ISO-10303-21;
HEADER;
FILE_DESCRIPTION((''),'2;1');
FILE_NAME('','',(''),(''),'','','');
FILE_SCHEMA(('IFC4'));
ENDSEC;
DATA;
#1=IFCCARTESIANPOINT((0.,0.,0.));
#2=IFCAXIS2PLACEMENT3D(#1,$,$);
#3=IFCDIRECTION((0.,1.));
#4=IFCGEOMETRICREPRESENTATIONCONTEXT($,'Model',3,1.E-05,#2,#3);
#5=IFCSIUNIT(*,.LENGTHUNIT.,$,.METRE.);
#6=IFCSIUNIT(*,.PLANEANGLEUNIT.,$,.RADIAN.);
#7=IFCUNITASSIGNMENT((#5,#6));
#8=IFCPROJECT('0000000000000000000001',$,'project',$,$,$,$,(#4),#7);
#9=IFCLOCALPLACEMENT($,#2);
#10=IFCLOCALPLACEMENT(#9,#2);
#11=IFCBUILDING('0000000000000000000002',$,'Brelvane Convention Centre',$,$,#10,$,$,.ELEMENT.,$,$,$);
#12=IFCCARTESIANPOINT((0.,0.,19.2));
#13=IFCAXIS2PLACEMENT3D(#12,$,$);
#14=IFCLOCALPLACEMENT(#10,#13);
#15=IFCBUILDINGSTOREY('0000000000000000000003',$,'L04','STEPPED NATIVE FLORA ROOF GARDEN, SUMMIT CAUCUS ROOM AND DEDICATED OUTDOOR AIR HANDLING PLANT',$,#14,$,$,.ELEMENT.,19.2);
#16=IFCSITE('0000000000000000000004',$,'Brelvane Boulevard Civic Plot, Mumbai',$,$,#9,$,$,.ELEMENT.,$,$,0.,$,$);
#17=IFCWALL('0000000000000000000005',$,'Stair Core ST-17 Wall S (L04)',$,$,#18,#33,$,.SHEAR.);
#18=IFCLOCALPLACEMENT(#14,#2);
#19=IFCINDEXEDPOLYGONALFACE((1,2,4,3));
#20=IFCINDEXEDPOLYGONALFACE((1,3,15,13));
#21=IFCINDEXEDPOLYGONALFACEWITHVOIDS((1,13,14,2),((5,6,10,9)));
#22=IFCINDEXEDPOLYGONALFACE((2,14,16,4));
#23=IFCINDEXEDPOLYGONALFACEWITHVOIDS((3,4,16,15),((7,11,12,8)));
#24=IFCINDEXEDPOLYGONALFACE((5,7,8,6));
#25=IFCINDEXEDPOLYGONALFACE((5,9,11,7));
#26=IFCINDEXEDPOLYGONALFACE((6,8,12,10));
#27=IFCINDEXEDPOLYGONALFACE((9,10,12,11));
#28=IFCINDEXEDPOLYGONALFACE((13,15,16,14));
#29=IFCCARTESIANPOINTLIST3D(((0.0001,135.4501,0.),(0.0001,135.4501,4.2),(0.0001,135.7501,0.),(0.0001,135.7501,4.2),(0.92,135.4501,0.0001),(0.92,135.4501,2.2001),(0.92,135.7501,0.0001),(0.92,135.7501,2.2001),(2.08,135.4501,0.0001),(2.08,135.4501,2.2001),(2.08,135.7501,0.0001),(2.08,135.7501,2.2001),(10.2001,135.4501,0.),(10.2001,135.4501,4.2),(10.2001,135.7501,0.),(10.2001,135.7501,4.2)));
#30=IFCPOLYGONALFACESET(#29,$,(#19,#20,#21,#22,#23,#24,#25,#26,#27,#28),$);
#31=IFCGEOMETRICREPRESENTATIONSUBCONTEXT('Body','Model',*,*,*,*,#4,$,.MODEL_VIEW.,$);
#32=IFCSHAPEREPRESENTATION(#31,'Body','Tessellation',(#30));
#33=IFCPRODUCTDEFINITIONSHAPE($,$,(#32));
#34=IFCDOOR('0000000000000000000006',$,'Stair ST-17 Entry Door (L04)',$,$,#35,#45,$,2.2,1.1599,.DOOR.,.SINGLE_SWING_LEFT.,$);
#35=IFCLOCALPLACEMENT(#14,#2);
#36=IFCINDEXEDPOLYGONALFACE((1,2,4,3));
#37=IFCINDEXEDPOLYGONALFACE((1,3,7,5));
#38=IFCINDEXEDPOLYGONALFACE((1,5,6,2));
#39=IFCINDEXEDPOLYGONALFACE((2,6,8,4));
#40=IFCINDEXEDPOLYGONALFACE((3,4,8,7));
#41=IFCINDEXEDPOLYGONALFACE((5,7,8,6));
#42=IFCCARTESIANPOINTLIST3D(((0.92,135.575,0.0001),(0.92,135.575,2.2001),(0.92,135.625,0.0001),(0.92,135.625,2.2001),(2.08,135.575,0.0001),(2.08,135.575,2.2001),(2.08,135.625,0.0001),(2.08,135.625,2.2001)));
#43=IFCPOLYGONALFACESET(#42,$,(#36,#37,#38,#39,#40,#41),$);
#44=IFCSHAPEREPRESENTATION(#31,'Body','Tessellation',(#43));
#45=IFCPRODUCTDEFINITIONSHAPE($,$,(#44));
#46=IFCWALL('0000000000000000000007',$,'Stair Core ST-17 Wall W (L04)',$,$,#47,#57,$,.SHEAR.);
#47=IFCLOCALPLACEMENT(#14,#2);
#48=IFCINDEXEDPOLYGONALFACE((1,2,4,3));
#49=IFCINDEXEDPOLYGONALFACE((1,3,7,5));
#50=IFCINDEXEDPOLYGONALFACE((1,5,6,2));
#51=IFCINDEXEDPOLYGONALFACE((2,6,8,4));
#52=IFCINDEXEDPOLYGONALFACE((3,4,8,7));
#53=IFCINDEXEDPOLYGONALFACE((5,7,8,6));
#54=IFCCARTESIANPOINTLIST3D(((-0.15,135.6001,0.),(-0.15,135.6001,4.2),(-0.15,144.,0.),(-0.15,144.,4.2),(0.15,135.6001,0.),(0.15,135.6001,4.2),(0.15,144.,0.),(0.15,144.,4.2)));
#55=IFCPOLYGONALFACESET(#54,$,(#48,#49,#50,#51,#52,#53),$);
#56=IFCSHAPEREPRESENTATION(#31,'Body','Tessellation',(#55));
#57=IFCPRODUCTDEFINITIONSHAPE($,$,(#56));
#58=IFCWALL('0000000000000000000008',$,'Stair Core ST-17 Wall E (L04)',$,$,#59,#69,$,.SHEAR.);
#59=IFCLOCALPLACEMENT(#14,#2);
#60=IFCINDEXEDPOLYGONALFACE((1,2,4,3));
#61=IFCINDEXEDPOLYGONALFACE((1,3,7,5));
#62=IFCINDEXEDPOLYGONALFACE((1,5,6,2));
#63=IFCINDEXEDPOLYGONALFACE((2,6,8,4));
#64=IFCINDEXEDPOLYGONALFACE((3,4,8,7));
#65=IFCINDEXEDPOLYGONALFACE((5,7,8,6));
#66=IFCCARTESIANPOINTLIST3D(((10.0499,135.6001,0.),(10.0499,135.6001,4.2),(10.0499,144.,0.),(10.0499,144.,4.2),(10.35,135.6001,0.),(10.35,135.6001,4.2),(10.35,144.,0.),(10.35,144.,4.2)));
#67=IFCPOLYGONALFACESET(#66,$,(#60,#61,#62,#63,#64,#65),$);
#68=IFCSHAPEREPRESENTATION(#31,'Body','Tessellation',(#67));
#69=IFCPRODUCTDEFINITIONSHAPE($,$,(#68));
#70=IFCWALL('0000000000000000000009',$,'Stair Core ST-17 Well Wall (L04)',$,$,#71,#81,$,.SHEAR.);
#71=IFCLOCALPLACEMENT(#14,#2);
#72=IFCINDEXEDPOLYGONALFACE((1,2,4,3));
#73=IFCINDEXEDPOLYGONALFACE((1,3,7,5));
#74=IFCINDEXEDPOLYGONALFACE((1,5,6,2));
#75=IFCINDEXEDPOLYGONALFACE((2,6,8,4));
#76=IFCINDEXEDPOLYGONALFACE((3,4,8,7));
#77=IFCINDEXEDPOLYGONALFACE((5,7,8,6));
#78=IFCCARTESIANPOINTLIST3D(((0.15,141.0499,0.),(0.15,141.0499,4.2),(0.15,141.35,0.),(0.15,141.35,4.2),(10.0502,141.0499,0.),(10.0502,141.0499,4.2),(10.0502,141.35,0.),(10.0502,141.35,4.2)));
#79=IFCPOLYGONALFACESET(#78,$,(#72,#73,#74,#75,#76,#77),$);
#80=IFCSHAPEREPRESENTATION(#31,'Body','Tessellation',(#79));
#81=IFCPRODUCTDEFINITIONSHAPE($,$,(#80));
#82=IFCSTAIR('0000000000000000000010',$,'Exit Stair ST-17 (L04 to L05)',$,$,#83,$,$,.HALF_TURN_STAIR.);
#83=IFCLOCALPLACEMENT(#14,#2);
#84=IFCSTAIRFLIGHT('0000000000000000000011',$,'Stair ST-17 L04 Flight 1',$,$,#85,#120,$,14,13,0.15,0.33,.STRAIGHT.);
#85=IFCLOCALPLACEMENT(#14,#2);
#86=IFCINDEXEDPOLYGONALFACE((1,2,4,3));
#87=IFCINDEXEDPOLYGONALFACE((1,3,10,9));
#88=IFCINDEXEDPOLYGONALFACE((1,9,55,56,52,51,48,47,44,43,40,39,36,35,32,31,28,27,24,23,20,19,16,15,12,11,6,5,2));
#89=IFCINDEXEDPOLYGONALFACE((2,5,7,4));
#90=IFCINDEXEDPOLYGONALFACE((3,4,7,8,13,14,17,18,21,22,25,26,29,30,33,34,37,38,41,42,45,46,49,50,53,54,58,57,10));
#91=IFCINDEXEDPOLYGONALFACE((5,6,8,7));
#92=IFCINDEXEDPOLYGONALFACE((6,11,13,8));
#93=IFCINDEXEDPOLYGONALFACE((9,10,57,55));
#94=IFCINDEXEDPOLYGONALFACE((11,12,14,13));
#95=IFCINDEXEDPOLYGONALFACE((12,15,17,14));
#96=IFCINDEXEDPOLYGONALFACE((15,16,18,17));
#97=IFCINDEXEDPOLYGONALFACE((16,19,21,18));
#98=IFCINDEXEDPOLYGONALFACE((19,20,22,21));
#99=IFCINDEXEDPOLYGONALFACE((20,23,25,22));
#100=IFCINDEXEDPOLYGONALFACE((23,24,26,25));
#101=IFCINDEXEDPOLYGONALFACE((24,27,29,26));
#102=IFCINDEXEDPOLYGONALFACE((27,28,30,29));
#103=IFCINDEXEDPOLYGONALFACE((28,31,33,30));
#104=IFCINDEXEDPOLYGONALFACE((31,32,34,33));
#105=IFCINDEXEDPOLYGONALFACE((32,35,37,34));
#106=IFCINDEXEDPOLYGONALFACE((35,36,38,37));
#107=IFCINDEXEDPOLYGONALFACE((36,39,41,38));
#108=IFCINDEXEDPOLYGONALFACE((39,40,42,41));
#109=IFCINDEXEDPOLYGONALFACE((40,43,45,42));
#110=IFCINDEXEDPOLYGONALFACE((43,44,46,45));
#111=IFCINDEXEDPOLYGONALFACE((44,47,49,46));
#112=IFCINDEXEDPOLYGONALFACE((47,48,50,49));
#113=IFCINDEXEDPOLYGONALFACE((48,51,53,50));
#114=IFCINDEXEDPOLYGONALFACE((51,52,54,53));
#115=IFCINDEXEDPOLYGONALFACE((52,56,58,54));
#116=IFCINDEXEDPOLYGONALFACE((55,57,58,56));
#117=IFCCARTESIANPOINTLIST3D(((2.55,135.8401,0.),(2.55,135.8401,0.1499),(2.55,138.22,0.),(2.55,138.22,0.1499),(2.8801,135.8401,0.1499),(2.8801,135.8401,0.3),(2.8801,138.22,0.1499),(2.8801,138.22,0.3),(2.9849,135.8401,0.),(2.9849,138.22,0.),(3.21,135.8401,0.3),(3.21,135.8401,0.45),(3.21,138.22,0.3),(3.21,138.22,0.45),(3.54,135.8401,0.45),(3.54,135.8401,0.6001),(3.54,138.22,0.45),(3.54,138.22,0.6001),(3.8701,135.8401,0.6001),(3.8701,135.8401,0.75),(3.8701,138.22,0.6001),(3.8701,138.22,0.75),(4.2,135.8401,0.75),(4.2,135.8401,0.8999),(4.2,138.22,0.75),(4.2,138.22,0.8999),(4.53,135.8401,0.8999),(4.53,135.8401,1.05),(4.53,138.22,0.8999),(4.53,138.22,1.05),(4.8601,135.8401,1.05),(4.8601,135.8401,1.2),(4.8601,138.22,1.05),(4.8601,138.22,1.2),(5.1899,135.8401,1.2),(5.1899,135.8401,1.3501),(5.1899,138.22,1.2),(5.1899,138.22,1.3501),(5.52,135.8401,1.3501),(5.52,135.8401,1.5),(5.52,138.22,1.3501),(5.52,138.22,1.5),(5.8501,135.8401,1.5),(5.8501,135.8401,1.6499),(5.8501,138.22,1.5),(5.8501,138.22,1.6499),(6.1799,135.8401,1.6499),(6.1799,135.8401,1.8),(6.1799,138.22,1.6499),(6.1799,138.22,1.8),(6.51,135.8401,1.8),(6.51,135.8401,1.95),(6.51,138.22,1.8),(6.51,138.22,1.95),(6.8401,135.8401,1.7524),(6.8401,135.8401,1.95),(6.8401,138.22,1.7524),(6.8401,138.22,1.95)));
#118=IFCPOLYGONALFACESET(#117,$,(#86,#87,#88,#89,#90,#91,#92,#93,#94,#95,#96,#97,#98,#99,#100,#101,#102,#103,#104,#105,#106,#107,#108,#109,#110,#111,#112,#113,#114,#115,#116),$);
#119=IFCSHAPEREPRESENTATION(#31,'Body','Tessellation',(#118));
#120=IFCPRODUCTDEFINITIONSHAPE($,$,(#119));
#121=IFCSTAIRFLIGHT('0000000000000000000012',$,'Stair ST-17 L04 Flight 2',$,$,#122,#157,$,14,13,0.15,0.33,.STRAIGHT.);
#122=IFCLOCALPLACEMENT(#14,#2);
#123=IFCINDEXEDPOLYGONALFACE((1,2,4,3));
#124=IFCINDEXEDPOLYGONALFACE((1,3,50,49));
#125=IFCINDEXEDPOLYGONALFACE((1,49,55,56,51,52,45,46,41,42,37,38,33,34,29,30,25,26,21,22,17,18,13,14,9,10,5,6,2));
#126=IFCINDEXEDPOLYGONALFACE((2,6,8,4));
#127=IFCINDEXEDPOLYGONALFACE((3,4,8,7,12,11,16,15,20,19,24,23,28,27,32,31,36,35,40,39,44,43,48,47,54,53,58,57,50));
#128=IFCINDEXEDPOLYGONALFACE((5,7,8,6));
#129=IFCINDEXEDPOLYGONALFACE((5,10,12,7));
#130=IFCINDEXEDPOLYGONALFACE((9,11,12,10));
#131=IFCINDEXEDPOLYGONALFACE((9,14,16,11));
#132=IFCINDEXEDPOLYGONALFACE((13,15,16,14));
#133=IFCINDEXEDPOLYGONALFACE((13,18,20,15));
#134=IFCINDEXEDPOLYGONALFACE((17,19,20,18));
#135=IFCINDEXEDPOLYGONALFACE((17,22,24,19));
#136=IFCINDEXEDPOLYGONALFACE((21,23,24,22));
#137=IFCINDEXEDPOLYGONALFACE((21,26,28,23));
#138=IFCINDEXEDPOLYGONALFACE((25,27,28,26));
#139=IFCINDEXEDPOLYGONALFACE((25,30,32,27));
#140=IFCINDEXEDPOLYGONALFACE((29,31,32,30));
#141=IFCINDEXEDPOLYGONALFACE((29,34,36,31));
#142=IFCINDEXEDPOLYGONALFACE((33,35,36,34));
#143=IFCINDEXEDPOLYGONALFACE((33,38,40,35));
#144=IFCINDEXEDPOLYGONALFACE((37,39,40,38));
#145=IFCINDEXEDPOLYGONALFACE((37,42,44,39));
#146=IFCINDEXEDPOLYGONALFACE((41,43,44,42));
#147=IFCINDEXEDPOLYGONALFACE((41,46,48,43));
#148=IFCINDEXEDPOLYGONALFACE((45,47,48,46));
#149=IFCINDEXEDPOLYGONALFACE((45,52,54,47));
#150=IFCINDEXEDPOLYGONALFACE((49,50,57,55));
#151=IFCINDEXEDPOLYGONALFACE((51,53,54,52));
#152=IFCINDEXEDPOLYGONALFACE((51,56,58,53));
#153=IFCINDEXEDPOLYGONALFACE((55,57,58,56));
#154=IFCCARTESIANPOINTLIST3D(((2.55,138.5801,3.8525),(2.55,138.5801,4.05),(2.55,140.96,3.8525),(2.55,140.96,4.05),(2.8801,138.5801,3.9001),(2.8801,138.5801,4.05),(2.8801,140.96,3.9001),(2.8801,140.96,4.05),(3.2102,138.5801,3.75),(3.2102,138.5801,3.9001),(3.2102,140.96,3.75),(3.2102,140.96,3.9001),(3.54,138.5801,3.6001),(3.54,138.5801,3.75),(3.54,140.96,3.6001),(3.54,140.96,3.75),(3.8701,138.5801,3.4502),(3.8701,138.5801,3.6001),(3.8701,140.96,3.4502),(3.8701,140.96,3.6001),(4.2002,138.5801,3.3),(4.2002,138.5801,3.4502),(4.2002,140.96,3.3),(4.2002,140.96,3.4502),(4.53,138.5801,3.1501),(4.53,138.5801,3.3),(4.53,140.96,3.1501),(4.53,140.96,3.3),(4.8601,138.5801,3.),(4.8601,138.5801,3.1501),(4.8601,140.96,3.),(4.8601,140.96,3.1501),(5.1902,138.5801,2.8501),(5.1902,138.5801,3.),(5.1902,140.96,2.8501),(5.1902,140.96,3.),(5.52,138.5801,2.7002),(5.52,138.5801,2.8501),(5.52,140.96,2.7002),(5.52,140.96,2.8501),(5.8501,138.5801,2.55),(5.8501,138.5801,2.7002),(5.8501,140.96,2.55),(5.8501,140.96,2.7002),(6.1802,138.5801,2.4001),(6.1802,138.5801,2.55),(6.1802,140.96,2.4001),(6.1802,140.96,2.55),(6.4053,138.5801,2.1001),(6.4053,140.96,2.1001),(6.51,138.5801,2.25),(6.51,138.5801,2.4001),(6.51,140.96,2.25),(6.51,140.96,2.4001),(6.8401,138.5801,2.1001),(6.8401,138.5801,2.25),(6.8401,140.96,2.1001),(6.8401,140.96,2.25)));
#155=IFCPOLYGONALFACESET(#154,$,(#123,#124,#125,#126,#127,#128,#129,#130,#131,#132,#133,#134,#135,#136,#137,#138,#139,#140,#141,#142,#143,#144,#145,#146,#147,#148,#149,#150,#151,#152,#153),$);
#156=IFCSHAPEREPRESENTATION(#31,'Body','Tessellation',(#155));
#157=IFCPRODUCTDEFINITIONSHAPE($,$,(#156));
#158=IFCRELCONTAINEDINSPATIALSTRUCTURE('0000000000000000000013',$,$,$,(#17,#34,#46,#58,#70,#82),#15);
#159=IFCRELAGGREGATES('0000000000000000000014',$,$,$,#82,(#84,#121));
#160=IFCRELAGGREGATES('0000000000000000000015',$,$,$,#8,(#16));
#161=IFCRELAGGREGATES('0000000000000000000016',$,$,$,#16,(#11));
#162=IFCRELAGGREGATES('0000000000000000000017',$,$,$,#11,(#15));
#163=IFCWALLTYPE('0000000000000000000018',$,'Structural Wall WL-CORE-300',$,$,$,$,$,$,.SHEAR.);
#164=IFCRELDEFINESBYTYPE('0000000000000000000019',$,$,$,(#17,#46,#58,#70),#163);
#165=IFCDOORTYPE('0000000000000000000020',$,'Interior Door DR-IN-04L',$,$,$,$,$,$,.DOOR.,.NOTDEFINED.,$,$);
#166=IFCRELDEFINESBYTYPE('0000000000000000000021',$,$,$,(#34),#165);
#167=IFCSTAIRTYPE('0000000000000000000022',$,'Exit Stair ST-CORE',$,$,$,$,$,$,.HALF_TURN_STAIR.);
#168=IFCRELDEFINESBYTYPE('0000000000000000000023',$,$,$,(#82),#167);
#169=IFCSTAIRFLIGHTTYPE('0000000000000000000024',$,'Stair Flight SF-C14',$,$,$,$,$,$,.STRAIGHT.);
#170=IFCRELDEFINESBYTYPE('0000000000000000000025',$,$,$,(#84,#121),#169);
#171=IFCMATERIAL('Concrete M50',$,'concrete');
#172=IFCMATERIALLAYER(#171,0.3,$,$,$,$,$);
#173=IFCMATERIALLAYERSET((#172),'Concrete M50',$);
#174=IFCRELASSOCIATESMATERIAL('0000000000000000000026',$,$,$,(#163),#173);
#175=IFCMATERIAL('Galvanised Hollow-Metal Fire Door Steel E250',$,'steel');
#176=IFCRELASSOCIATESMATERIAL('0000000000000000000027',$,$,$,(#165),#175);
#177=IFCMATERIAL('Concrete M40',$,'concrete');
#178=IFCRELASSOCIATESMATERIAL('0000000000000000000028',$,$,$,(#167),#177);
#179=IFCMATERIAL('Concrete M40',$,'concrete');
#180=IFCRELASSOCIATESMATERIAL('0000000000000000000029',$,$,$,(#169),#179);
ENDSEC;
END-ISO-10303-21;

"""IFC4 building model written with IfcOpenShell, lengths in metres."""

from ifc_helpers import new_model, si_unit, direction, frame, frame_2d, origin, place, context, subcontext, project, spatial, polyline, rectangle, outline, extrude, material, layer, layer_set, type_object, element, fill, aggregate, save


model = new_model("IFC4")

# Units and contexts
model_context = context("Model", 3, precision=1e-05, world=origin(), true_north=direction((0.0, 1.0)))
body_context = subcontext(model_context, "Body", "Model", "MODEL_VIEW")
ifc_project = project(units=[si_unit("LENGTHUNIT", "METRE"), si_unit("PLANEANGLEUNIT", "RADIAN")], contexts=[model_context])

# Site, building, storey
site_placement = place(None, origin())
site = spatial("IfcSite", under=ifc_project, at=site_placement, Name="Brelvane Boulevard Civic Plot, Mumbai", CompositionType="ELEMENT", RefElevation=0.0)
building_placement = place(site_placement, origin())
building = spatial("IfcBuilding", under=site, at=building_placement, Name="Brelvane Convention Centre", CompositionType="ELEMENT")
storey_placement = place(building_placement, frame((0.0, 0.0, 19.2)))
storey = spatial("IfcBuildingStorey", under=building, at=storey_placement, Name="L04", Description="STEPPED NATIVE FLORA ROOF GARDEN, SUMMIT CAUCUS ROOM AND DEDICATED OUTDOOR AIR HANDLING PLANT", CompositionType="ELEMENT", Elevation=19.2)

# Wall, opening, door
ifc_material_1 = material(Name="Concrete M50", Category="concrete")
ifc_layer_1 = layer(ifc_material_1, 0.3)
ifc_layer_set_1 = layer_set([ifc_layer_1], Name="Concrete M50")
wall_type_1 = type_object("IfcWallType", Name="Structural Wall WL-CORE-300", PredefinedType="SHEAR", material=ifc_layer_set_1)
wall_1_placement = place(storey_placement, frame((0.0, 135.6001, 0.0), z_axis=(0.0, 0.0, 1.0), x_axis=(1.0, 0.0, 0.0)))
wall_1 = element("IfcWall", 1, at=wall_1_placement, inside=storey, type_object=wall_type_1, Name="Stair Core ST-17 Wall S (L04)", PredefinedType="SHEAR", context=body_context, shape_type="SweptSolid", body=[
    extrude(rectangle(XDim=10.2, YDim=0.3, at=frame_2d((5.1001, 0.0))), origin(), (0.0, 0.0, 1.0), 4.2),
])
opening_1_placement = place(wall_1_placement, frame((0.9199, 0.0, 0.0)))
opening_1 = element("IfcOpeningElement", 2, at=opening_1_placement, cuts=wall_1, PredefinedType="OPENING", context=body_context, shape_type="SweptSolid", body=[
    extrude(rectangle(XDim=1.1599, YDim=2.2, at=frame_2d((0.5801, 1.1001))), frame((0.0, 0.1599, 0.0), z_axis=(0.0, -1.0, 0.0), x_axis=(1.0, 0.0, 0.0)), (0.0, 0.0, 1.0), 0.3201),
])
ifc_material_2 = material(Name="Galvanised Hollow-Metal Fire Door Steel E250", Category="steel")
door_type_1 = type_object("IfcDoorType", Name="Interior Door DR-IN-04L", OperationType="NOTDEFINED", PredefinedType="DOOR", material=ifc_material_2)
door_1_placement = place(opening_1_placement, origin())
door_1 = element("IfcDoor", 3, at=door_1_placement, inside=storey, type_object=door_type_1, Name="Stair ST-17 Entry Door (L04)", OperationType="SINGLE_SWING_LEFT", OverallHeight=2.2, OverallWidth=1.1599, PredefinedType="DOOR", context=body_context, shape_type="SweptSolid", body=[
    extrude(rectangle(XDim=1.1599, YDim=2.2, at=frame_2d((0.5801, 1.1001))), frame((0.0, 0.0249, 0.0), z_axis=(0.0, -1.0, 0.0), x_axis=(1.0, 0.0, 0.0)), (0.0, 0.0, 1.0), 0.05),
])
fill(opening_1, door_1)

# Walls
for number, where, z_axis, x_axis, name in (
    (4, (0.0, 135.6001, 0.0), (0.0, 0.0, 1.0), (0.0, 1.0, 0.0), "Stair Core ST-17 Wall W (L04)"),
    (5, (10.2, 135.6001, 0.0), (0.0, 0.0, 1.0), (0.0, 1.0, 0.0), "Stair Core ST-17 Wall E (L04)"),
):
    element("IfcWall", number, at=place(storey_placement, frame(where, z_axis=z_axis, x_axis=x_axis)), inside=storey, type_object=wall_type_1, Name=name, PredefinedType="SHEAR", context=body_context, shape_type="SweptSolid", body=[
        extrude(rectangle(XDim=8.3999, YDim=0.3, at=frame_2d((4.2, 0.0))), origin(), (0.0, 0.0, 1.0), 4.2),
    ])
wall_2_placement = place(storey_placement, frame((0.1499, 141.2, 0.0), z_axis=(0.0, 0.0, 1.0), x_axis=(1.0, 0.0, 0.0)))
element("IfcWall", 6, at=wall_2_placement, inside=storey, type_object=wall_type_1, Name="Stair Core ST-17 Well Wall (L04)", PredefinedType="SHEAR", context=body_context, shape_type="SweptSolid", body=[
    extrude(rectangle(XDim=9.9001, YDim=0.3, at=frame_2d((4.9502, 0.0))), origin(), (0.0, 0.0, 1.0), 4.2),
])

# Stair, stair flights
ifc_material_3 = material(Name="Concrete M40", Category="concrete")
stair_type = type_object("IfcStairType", Name="Exit Stair ST-CORE", PredefinedType="HALF_TURN_STAIR", material=ifc_material_3)
stair_placement = place(storey_placement, origin())
stair = element("IfcStair", 7, at=stair_placement, inside=storey, type_object=stair_type, Name="Exit Stair ST-17 (L04 to L05)", PredefinedType="HALF_TURN_STAIR")
ifc_material_4 = material(Name="Concrete M40", Category="concrete")
stair_flight_type = type_object("IfcStairFlightType", Name="Stair Flight SF-C14", PredefinedType="STRAIGHT", material=ifc_material_4)
stair_flight_1_placement = place(storey_placement, frame((2.55, 137.03, 0.0), z_axis=(0.0, 0.0, 1.0), x_axis=(1.0, 0.0, 0.0)))
stair_flight_1 = element("IfcStairFlight", 8, at=stair_flight_1_placement, type_object=stair_flight_type, Name="Stair ST-17 L04 Flight 1", NumberOfRisers=14, NumberOfTreads=13, PredefinedType="STRAIGHT", RiserHeight=0.15, TreadLength=0.33, context=body_context, shape_type="SweptSolid", body=[
    extrude(outline(polyline([(0.0, 0.0), (0.0, 0.1499), (0.3301, 0.1499), (0.3301, 0.3), (0.6599, 0.3), (0.6599, 0.45), (0.99, 0.45), (0.99, 0.6001), (1.3201, 0.6001), (1.3201, 0.75), (1.6499, 0.75), (1.6499, 0.8999), (1.98, 0.8999), (1.98, 1.05), (2.3101, 1.05), (2.3101, 1.2), (2.6399, 1.2), (2.6399, 1.3501), (2.97, 1.3501), (2.97, 1.5), (3.3, 1.5), (3.3, 1.6499), (3.6299, 1.6499), (3.6299, 1.8), (3.96, 1.8), (3.96, 1.95), (4.29, 1.95), (4.29, 2.1001), (4.29, 1.7524), (0.4348, 0.0), (0.0, 0.0)])), frame((0.0, 1.1899, 0.0), z_axis=(0.0, -1.0, 0.0), x_axis=(1.0, 0.0, 0.0)), (0.0, 0.0, 1.0), 2.3799),
])
stair_flight_2_placement = place(storey_placement, frame((6.8401, 139.77, 2.1001), z_axis=(0.0, 0.0, 1.0), x_axis=(-1.0, 0.0, 0.0)))
stair_flight_2 = element("IfcStairFlight", 9, at=stair_flight_2_placement, type_object=stair_flight_type, Name="Stair ST-17 L04 Flight 2", NumberOfRisers=14, NumberOfTreads=13, PredefinedType="STRAIGHT", RiserHeight=0.15, TreadLength=0.33, context=body_context, shape_type="SweptSolid", body=[
    extrude(outline(polyline([(0.0, 0.0), (0.0, 0.1499), (0.3301, 0.1499), (0.3301, 0.3), (0.6599, 0.3), (0.6599, 0.45), (0.99, 0.45), (0.99, 0.6001), (1.3201, 0.6001), (1.3201, 0.75), (1.6499, 0.75), (1.6499, 0.8999), (1.98, 0.8999), (1.98, 1.05), (2.3101, 1.05), (2.3101, 1.2), (2.6399, 1.2), (2.6399, 1.3501), (2.97, 1.3501), (2.97, 1.5), (3.3, 1.5), (3.3, 1.6499), (3.6299, 1.6499), (3.6299, 1.8), (3.96, 1.8), (3.96, 1.95), (4.29, 1.95), (4.29, 2.1001), (4.29, 1.7524), (0.4348, 0.0), (0.0, 0.0)])), frame((0.0, 1.1899, 0.0), z_axis=(0.0, -1.0, 0.0), x_axis=(1.0, 0.0, 0.0)), (0.0, 0.0, 1.0), 2.3799),
])
aggregate(stair, [stair_flight_1, stair_flight_2])

save(model, "model.ifc")
